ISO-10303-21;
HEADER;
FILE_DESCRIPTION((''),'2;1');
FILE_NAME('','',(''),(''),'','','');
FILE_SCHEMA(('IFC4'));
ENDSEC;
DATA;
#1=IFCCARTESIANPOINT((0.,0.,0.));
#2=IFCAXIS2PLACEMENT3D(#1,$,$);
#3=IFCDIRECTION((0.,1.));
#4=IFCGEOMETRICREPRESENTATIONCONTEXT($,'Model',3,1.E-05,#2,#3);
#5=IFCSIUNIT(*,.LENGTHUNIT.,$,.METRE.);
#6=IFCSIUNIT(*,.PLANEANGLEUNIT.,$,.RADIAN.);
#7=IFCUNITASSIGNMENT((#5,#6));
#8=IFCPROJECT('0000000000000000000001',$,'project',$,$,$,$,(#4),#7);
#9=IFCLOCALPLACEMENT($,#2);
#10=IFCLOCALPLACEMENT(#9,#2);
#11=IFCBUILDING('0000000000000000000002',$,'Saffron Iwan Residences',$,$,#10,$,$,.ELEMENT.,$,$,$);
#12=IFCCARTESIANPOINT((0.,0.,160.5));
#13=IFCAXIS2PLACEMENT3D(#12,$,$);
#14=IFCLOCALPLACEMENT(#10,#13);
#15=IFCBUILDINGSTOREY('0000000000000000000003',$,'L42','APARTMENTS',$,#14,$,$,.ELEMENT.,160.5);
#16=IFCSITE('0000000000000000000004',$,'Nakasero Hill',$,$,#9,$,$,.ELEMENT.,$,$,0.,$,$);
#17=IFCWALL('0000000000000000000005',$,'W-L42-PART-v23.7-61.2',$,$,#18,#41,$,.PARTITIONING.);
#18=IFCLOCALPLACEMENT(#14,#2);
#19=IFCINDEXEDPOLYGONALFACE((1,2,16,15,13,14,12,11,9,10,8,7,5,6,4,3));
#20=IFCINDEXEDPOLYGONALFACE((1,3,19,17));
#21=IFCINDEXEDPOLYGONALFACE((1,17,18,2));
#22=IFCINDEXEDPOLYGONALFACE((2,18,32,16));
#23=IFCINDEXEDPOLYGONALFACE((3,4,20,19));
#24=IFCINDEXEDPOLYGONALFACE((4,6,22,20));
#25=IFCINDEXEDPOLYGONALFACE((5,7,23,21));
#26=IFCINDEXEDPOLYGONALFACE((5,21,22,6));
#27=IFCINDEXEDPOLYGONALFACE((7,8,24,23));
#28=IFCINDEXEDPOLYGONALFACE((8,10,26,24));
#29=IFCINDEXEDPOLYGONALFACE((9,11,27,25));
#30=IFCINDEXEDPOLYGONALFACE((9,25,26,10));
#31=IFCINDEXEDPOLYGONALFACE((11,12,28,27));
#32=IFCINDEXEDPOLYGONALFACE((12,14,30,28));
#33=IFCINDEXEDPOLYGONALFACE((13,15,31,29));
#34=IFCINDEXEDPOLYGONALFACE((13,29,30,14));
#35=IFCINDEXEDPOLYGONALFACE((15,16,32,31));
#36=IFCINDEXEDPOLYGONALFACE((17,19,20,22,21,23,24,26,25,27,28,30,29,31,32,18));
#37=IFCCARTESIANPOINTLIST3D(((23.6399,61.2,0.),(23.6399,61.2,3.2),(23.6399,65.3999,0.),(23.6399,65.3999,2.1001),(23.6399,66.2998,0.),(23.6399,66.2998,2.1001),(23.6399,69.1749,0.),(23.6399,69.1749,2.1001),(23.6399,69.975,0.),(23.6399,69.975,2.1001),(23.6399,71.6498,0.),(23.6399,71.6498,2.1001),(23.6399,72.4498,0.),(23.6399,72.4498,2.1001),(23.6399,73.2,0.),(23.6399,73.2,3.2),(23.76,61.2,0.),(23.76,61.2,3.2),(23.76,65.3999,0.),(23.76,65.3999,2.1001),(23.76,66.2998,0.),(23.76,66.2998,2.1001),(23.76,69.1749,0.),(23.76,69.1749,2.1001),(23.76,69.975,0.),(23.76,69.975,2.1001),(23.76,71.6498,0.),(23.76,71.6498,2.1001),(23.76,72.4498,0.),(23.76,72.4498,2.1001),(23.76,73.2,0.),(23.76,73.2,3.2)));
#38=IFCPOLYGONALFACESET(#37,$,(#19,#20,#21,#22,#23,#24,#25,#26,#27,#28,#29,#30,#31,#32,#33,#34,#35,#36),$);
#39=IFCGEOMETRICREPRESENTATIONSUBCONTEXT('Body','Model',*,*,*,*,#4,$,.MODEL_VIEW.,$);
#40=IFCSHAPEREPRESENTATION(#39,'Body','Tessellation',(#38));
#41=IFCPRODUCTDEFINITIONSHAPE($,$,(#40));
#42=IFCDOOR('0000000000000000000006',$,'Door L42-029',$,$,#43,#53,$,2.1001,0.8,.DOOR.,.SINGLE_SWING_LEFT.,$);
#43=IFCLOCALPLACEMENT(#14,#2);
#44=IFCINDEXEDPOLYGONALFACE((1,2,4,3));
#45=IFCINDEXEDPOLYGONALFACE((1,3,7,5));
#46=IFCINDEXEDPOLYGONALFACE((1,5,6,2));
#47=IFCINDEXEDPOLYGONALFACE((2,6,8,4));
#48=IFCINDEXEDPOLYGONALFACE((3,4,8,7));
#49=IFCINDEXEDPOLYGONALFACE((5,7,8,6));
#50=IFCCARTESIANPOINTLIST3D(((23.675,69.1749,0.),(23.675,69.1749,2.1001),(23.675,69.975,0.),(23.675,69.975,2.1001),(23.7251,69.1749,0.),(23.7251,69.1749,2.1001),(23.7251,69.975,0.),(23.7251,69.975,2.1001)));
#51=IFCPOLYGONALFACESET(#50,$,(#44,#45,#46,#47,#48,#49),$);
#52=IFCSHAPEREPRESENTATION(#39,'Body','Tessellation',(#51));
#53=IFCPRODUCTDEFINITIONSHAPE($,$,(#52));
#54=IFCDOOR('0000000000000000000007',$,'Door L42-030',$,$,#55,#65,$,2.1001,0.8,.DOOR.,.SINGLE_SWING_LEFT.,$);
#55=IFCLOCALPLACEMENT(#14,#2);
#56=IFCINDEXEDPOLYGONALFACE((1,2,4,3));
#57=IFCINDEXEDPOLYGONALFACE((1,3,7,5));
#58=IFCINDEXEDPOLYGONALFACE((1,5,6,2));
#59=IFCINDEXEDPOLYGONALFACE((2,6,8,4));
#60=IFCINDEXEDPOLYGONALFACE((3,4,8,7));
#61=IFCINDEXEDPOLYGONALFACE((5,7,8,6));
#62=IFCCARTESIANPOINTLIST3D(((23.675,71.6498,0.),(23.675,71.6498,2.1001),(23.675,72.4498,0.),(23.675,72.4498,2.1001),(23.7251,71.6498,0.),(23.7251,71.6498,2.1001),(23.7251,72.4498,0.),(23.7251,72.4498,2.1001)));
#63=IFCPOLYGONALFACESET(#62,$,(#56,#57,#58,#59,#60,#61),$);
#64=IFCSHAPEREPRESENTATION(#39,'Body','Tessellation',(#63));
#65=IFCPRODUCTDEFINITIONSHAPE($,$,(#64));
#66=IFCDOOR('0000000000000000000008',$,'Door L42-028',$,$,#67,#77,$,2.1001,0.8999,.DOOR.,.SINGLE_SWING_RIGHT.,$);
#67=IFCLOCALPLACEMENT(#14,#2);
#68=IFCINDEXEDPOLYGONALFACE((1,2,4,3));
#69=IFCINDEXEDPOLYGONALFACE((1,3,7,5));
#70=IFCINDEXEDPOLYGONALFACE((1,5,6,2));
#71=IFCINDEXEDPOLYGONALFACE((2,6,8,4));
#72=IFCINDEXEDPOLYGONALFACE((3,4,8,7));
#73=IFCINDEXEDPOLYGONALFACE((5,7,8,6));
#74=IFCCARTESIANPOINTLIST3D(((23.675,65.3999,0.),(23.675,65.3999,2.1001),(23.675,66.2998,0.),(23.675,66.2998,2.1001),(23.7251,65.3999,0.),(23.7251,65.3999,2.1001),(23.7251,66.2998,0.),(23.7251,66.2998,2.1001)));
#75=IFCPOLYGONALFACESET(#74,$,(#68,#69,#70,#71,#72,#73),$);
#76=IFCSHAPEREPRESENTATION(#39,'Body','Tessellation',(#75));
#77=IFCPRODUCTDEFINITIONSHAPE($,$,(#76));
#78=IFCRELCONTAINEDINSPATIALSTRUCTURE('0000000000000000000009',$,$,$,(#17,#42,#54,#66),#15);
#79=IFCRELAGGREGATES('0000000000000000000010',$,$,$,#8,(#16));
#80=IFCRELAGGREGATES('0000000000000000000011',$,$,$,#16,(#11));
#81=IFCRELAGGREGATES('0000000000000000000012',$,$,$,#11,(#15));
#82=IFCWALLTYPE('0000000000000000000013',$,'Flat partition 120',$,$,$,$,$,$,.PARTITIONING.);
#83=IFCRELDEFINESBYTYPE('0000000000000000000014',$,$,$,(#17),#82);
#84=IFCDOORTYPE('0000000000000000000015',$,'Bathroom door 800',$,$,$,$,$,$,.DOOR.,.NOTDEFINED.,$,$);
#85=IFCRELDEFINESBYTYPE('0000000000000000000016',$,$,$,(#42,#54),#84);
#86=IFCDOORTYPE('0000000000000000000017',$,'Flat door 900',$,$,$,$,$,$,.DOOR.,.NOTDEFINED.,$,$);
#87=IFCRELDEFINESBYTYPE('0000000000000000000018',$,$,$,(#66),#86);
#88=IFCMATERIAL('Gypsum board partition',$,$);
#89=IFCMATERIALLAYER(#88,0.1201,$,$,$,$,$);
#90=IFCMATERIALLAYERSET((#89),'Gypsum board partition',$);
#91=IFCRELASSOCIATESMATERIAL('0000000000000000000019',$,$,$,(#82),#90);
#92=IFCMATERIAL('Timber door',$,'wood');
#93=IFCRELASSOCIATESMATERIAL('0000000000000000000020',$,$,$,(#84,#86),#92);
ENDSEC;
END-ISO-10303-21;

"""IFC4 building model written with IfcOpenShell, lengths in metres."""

from ifc_helpers import new_model, si_unit, direction, frame, frame_2d, origin, place, context, subcontext, project, spatial, rectangle, extrude, material, layer, layer_set, type_object, element, fill, save


model = new_model("IFC4")

# Units and contexts
model_context = context("Model", 3, precision=1e-05, world=origin(), true_north=direction((0.0, 1.0)))
body_context = subcontext(model_context, "Body", "Model", "MODEL_VIEW")
ifc_project = project(units=[si_unit("LENGTHUNIT", "METRE"), si_unit("PLANEANGLEUNIT", "RADIAN")], contexts=[model_context])

# Site, building, storey
site_placement = place(None, origin())
site = spatial("IfcSite", under=ifc_project, at=site_placement, Name="Nakasero Hill", CompositionType="ELEMENT", RefElevation=0.0)
building_placement = place(site_placement, origin())
building = spatial("IfcBuilding", under=site, at=building_placement, Name="Saffron Iwan Residences", CompositionType="ELEMENT")
storey_placement = place(building_placement, frame((0.0, 0.0, 160.5)))
storey = spatial("IfcBuildingStorey", under=building, at=storey_placement, Name="L42", Description="APARTMENTS", CompositionType="ELEMENT", Elevation=160.5)

# Shared definitions
ifc_material_1 = material(Name="Gypsum board partition")
ifc_layer_1 = layer(ifc_material_1, 0.1201)
ifc_layer_set_1 = layer_set([ifc_layer_1], Name="Gypsum board partition")
wall_type_1 = type_object("IfcWallType", Name="Flat partition 120", PredefinedType="PARTITIONING", material=ifc_layer_set_1)
ifc_material_2 = material(Name="Timber door", Category="wood")
door_type_1 = type_object("IfcDoorType", Name="Bathroom door 800", OperationType="NOTDEFINED", PredefinedType="DOOR", material=ifc_material_2)

# Shared definitions
door_type_2 = type_object("IfcDoorType", Name="Flat door 900", OperationType="NOTDEFINED", PredefinedType="DOOR", material=ifc_material_2)

# Wall, openings, doors
wall_1_placement = place(storey_placement, frame((23.7, 61.2, 0.0), z_axis=(0.0, 0.0, 1.0), x_axis=(0.0, 1.0, 0.0)))
wall_1 = element("IfcWall", 1, at=wall_1_placement, inside=storey, type_object=wall_type_1, Name="W-L42-PART-v23.7-61.2", PredefinedType="PARTITIONING", context=body_context, shape_type="SweptSolid", body=[
    extrude(rectangle(XDim=12.0, YDim=0.1201, at=frame_2d((6.0, 0.0))), origin(), (0.0, 0.0, 1.0), 3.2),
])
opening_1_placement = place(wall_1_placement, frame((4.2, 0.0, 0.0)))
opening_1 = element("IfcOpeningElement", 2, at=opening_1_placement, cuts=wall_1, PredefinedType="OPENING", context=body_context, shape_type="SweptSolid", body=[
    extrude(rectangle(XDim=0.8999, YDim=2.1001, at=frame_2d((0.45, 1.05))), frame((0.0, 0.0701, 0.0), z_axis=(0.0, -1.0, 0.0), x_axis=(1.0, 0.0, 0.0)), (0.0, 0.0, 1.0), 0.1401),
])
opening_2_placement = place(wall_1_placement, frame((7.9751, 0.0, 0.0)))
opening_2 = element("IfcOpeningElement", 3, at=opening_2_placement, cuts=wall_1, PredefinedType="OPENING", context=body_context, shape_type="SweptSolid", body=[
    extrude(rectangle(XDim=0.8, YDim=2.1001, at=frame_2d((0.3999, 1.05))), frame((0.0, 0.0701, 0.0), z_axis=(0.0, -1.0, 0.0), x_axis=(1.0, 0.0, 0.0)), (0.0, 0.0, 1.0), 0.1401),
])
opening_3_placement = place(wall_1_placement, frame((10.45, 0.0, 0.0)))
opening_3 = element("IfcOpeningElement", 4, at=opening_3_placement, cuts=wall_1, PredefinedType="OPENING", context=body_context, shape_type="SweptSolid", body=[
    extrude(rectangle(XDim=0.8, YDim=2.1001, at=frame_2d((0.3999, 1.05))), frame((0.0, 0.0701, 0.0), z_axis=(0.0, -1.0, 0.0), x_axis=(1.0, 0.0, 0.0)), (0.0, 0.0, 1.0), 0.1401),
])
door_1_placement = place(opening_2_placement, origin())
door_1 = element("IfcDoor", 5, at=door_1_placement, inside=storey, type_object=door_type_1, Name="Door L42-029", OperationType="SINGLE_SWING_LEFT", OverallHeight=2.1001, OverallWidth=0.8, PredefinedType="DOOR", context=body_context, shape_type="SweptSolid", body=[
    extrude(rectangle(XDim=0.8, YDim=2.1001, at=frame_2d((0.3999, 1.05))), frame((0.0, 0.0249, 0.0), z_axis=(0.0, -1.0, 0.0), x_axis=(1.0, 0.0, 0.0)), (0.0, 0.0, 1.0), 0.05),
])
fill(opening_2, door_1)
door_2_placement = place(opening_3_placement, origin())
door_2 = element("IfcDoor", 6, at=door_2_placement, inside=storey, type_object=door_type_1, Name="Door L42-030", OperationType="SINGLE_SWING_LEFT", OverallHeight=2.1001, OverallWidth=0.8, PredefinedType="DOOR", context=body_context, shape_type="SweptSolid", body=[
    extrude(rectangle(XDim=0.8, YDim=2.1001, at=frame_2d((0.3999, 1.05))), frame((0.0, 0.0249, 0.0), z_axis=(0.0, -1.0, 0.0), x_axis=(1.0, 0.0, 0.0)), (0.0, 0.0, 1.0), 0.05),
])
fill(opening_3, door_2)
door_3_placement = place(opening_1_placement, origin())
door_3 = element("IfcDoor", 7, at=door_3_placement, inside=storey, type_object=door_type_2, Name="Door L42-028", OperationType="SINGLE_SWING_RIGHT", OverallHeight=2.1001, OverallWidth=0.8999, PredefinedType="DOOR", context=body_context, shape_type="SweptSolid", body=[
    extrude(rectangle(XDim=0.8999, YDim=2.1001, at=frame_2d((0.45, 1.05))), frame((0.0, 0.0249, 0.0), z_axis=(0.0, -1.0, 0.0), x_axis=(1.0, 0.0, 0.0)), (0.0, 0.0, 1.0), 0.05),
])
fill(opening_1, door_3)

save(model, "model.ifc")
